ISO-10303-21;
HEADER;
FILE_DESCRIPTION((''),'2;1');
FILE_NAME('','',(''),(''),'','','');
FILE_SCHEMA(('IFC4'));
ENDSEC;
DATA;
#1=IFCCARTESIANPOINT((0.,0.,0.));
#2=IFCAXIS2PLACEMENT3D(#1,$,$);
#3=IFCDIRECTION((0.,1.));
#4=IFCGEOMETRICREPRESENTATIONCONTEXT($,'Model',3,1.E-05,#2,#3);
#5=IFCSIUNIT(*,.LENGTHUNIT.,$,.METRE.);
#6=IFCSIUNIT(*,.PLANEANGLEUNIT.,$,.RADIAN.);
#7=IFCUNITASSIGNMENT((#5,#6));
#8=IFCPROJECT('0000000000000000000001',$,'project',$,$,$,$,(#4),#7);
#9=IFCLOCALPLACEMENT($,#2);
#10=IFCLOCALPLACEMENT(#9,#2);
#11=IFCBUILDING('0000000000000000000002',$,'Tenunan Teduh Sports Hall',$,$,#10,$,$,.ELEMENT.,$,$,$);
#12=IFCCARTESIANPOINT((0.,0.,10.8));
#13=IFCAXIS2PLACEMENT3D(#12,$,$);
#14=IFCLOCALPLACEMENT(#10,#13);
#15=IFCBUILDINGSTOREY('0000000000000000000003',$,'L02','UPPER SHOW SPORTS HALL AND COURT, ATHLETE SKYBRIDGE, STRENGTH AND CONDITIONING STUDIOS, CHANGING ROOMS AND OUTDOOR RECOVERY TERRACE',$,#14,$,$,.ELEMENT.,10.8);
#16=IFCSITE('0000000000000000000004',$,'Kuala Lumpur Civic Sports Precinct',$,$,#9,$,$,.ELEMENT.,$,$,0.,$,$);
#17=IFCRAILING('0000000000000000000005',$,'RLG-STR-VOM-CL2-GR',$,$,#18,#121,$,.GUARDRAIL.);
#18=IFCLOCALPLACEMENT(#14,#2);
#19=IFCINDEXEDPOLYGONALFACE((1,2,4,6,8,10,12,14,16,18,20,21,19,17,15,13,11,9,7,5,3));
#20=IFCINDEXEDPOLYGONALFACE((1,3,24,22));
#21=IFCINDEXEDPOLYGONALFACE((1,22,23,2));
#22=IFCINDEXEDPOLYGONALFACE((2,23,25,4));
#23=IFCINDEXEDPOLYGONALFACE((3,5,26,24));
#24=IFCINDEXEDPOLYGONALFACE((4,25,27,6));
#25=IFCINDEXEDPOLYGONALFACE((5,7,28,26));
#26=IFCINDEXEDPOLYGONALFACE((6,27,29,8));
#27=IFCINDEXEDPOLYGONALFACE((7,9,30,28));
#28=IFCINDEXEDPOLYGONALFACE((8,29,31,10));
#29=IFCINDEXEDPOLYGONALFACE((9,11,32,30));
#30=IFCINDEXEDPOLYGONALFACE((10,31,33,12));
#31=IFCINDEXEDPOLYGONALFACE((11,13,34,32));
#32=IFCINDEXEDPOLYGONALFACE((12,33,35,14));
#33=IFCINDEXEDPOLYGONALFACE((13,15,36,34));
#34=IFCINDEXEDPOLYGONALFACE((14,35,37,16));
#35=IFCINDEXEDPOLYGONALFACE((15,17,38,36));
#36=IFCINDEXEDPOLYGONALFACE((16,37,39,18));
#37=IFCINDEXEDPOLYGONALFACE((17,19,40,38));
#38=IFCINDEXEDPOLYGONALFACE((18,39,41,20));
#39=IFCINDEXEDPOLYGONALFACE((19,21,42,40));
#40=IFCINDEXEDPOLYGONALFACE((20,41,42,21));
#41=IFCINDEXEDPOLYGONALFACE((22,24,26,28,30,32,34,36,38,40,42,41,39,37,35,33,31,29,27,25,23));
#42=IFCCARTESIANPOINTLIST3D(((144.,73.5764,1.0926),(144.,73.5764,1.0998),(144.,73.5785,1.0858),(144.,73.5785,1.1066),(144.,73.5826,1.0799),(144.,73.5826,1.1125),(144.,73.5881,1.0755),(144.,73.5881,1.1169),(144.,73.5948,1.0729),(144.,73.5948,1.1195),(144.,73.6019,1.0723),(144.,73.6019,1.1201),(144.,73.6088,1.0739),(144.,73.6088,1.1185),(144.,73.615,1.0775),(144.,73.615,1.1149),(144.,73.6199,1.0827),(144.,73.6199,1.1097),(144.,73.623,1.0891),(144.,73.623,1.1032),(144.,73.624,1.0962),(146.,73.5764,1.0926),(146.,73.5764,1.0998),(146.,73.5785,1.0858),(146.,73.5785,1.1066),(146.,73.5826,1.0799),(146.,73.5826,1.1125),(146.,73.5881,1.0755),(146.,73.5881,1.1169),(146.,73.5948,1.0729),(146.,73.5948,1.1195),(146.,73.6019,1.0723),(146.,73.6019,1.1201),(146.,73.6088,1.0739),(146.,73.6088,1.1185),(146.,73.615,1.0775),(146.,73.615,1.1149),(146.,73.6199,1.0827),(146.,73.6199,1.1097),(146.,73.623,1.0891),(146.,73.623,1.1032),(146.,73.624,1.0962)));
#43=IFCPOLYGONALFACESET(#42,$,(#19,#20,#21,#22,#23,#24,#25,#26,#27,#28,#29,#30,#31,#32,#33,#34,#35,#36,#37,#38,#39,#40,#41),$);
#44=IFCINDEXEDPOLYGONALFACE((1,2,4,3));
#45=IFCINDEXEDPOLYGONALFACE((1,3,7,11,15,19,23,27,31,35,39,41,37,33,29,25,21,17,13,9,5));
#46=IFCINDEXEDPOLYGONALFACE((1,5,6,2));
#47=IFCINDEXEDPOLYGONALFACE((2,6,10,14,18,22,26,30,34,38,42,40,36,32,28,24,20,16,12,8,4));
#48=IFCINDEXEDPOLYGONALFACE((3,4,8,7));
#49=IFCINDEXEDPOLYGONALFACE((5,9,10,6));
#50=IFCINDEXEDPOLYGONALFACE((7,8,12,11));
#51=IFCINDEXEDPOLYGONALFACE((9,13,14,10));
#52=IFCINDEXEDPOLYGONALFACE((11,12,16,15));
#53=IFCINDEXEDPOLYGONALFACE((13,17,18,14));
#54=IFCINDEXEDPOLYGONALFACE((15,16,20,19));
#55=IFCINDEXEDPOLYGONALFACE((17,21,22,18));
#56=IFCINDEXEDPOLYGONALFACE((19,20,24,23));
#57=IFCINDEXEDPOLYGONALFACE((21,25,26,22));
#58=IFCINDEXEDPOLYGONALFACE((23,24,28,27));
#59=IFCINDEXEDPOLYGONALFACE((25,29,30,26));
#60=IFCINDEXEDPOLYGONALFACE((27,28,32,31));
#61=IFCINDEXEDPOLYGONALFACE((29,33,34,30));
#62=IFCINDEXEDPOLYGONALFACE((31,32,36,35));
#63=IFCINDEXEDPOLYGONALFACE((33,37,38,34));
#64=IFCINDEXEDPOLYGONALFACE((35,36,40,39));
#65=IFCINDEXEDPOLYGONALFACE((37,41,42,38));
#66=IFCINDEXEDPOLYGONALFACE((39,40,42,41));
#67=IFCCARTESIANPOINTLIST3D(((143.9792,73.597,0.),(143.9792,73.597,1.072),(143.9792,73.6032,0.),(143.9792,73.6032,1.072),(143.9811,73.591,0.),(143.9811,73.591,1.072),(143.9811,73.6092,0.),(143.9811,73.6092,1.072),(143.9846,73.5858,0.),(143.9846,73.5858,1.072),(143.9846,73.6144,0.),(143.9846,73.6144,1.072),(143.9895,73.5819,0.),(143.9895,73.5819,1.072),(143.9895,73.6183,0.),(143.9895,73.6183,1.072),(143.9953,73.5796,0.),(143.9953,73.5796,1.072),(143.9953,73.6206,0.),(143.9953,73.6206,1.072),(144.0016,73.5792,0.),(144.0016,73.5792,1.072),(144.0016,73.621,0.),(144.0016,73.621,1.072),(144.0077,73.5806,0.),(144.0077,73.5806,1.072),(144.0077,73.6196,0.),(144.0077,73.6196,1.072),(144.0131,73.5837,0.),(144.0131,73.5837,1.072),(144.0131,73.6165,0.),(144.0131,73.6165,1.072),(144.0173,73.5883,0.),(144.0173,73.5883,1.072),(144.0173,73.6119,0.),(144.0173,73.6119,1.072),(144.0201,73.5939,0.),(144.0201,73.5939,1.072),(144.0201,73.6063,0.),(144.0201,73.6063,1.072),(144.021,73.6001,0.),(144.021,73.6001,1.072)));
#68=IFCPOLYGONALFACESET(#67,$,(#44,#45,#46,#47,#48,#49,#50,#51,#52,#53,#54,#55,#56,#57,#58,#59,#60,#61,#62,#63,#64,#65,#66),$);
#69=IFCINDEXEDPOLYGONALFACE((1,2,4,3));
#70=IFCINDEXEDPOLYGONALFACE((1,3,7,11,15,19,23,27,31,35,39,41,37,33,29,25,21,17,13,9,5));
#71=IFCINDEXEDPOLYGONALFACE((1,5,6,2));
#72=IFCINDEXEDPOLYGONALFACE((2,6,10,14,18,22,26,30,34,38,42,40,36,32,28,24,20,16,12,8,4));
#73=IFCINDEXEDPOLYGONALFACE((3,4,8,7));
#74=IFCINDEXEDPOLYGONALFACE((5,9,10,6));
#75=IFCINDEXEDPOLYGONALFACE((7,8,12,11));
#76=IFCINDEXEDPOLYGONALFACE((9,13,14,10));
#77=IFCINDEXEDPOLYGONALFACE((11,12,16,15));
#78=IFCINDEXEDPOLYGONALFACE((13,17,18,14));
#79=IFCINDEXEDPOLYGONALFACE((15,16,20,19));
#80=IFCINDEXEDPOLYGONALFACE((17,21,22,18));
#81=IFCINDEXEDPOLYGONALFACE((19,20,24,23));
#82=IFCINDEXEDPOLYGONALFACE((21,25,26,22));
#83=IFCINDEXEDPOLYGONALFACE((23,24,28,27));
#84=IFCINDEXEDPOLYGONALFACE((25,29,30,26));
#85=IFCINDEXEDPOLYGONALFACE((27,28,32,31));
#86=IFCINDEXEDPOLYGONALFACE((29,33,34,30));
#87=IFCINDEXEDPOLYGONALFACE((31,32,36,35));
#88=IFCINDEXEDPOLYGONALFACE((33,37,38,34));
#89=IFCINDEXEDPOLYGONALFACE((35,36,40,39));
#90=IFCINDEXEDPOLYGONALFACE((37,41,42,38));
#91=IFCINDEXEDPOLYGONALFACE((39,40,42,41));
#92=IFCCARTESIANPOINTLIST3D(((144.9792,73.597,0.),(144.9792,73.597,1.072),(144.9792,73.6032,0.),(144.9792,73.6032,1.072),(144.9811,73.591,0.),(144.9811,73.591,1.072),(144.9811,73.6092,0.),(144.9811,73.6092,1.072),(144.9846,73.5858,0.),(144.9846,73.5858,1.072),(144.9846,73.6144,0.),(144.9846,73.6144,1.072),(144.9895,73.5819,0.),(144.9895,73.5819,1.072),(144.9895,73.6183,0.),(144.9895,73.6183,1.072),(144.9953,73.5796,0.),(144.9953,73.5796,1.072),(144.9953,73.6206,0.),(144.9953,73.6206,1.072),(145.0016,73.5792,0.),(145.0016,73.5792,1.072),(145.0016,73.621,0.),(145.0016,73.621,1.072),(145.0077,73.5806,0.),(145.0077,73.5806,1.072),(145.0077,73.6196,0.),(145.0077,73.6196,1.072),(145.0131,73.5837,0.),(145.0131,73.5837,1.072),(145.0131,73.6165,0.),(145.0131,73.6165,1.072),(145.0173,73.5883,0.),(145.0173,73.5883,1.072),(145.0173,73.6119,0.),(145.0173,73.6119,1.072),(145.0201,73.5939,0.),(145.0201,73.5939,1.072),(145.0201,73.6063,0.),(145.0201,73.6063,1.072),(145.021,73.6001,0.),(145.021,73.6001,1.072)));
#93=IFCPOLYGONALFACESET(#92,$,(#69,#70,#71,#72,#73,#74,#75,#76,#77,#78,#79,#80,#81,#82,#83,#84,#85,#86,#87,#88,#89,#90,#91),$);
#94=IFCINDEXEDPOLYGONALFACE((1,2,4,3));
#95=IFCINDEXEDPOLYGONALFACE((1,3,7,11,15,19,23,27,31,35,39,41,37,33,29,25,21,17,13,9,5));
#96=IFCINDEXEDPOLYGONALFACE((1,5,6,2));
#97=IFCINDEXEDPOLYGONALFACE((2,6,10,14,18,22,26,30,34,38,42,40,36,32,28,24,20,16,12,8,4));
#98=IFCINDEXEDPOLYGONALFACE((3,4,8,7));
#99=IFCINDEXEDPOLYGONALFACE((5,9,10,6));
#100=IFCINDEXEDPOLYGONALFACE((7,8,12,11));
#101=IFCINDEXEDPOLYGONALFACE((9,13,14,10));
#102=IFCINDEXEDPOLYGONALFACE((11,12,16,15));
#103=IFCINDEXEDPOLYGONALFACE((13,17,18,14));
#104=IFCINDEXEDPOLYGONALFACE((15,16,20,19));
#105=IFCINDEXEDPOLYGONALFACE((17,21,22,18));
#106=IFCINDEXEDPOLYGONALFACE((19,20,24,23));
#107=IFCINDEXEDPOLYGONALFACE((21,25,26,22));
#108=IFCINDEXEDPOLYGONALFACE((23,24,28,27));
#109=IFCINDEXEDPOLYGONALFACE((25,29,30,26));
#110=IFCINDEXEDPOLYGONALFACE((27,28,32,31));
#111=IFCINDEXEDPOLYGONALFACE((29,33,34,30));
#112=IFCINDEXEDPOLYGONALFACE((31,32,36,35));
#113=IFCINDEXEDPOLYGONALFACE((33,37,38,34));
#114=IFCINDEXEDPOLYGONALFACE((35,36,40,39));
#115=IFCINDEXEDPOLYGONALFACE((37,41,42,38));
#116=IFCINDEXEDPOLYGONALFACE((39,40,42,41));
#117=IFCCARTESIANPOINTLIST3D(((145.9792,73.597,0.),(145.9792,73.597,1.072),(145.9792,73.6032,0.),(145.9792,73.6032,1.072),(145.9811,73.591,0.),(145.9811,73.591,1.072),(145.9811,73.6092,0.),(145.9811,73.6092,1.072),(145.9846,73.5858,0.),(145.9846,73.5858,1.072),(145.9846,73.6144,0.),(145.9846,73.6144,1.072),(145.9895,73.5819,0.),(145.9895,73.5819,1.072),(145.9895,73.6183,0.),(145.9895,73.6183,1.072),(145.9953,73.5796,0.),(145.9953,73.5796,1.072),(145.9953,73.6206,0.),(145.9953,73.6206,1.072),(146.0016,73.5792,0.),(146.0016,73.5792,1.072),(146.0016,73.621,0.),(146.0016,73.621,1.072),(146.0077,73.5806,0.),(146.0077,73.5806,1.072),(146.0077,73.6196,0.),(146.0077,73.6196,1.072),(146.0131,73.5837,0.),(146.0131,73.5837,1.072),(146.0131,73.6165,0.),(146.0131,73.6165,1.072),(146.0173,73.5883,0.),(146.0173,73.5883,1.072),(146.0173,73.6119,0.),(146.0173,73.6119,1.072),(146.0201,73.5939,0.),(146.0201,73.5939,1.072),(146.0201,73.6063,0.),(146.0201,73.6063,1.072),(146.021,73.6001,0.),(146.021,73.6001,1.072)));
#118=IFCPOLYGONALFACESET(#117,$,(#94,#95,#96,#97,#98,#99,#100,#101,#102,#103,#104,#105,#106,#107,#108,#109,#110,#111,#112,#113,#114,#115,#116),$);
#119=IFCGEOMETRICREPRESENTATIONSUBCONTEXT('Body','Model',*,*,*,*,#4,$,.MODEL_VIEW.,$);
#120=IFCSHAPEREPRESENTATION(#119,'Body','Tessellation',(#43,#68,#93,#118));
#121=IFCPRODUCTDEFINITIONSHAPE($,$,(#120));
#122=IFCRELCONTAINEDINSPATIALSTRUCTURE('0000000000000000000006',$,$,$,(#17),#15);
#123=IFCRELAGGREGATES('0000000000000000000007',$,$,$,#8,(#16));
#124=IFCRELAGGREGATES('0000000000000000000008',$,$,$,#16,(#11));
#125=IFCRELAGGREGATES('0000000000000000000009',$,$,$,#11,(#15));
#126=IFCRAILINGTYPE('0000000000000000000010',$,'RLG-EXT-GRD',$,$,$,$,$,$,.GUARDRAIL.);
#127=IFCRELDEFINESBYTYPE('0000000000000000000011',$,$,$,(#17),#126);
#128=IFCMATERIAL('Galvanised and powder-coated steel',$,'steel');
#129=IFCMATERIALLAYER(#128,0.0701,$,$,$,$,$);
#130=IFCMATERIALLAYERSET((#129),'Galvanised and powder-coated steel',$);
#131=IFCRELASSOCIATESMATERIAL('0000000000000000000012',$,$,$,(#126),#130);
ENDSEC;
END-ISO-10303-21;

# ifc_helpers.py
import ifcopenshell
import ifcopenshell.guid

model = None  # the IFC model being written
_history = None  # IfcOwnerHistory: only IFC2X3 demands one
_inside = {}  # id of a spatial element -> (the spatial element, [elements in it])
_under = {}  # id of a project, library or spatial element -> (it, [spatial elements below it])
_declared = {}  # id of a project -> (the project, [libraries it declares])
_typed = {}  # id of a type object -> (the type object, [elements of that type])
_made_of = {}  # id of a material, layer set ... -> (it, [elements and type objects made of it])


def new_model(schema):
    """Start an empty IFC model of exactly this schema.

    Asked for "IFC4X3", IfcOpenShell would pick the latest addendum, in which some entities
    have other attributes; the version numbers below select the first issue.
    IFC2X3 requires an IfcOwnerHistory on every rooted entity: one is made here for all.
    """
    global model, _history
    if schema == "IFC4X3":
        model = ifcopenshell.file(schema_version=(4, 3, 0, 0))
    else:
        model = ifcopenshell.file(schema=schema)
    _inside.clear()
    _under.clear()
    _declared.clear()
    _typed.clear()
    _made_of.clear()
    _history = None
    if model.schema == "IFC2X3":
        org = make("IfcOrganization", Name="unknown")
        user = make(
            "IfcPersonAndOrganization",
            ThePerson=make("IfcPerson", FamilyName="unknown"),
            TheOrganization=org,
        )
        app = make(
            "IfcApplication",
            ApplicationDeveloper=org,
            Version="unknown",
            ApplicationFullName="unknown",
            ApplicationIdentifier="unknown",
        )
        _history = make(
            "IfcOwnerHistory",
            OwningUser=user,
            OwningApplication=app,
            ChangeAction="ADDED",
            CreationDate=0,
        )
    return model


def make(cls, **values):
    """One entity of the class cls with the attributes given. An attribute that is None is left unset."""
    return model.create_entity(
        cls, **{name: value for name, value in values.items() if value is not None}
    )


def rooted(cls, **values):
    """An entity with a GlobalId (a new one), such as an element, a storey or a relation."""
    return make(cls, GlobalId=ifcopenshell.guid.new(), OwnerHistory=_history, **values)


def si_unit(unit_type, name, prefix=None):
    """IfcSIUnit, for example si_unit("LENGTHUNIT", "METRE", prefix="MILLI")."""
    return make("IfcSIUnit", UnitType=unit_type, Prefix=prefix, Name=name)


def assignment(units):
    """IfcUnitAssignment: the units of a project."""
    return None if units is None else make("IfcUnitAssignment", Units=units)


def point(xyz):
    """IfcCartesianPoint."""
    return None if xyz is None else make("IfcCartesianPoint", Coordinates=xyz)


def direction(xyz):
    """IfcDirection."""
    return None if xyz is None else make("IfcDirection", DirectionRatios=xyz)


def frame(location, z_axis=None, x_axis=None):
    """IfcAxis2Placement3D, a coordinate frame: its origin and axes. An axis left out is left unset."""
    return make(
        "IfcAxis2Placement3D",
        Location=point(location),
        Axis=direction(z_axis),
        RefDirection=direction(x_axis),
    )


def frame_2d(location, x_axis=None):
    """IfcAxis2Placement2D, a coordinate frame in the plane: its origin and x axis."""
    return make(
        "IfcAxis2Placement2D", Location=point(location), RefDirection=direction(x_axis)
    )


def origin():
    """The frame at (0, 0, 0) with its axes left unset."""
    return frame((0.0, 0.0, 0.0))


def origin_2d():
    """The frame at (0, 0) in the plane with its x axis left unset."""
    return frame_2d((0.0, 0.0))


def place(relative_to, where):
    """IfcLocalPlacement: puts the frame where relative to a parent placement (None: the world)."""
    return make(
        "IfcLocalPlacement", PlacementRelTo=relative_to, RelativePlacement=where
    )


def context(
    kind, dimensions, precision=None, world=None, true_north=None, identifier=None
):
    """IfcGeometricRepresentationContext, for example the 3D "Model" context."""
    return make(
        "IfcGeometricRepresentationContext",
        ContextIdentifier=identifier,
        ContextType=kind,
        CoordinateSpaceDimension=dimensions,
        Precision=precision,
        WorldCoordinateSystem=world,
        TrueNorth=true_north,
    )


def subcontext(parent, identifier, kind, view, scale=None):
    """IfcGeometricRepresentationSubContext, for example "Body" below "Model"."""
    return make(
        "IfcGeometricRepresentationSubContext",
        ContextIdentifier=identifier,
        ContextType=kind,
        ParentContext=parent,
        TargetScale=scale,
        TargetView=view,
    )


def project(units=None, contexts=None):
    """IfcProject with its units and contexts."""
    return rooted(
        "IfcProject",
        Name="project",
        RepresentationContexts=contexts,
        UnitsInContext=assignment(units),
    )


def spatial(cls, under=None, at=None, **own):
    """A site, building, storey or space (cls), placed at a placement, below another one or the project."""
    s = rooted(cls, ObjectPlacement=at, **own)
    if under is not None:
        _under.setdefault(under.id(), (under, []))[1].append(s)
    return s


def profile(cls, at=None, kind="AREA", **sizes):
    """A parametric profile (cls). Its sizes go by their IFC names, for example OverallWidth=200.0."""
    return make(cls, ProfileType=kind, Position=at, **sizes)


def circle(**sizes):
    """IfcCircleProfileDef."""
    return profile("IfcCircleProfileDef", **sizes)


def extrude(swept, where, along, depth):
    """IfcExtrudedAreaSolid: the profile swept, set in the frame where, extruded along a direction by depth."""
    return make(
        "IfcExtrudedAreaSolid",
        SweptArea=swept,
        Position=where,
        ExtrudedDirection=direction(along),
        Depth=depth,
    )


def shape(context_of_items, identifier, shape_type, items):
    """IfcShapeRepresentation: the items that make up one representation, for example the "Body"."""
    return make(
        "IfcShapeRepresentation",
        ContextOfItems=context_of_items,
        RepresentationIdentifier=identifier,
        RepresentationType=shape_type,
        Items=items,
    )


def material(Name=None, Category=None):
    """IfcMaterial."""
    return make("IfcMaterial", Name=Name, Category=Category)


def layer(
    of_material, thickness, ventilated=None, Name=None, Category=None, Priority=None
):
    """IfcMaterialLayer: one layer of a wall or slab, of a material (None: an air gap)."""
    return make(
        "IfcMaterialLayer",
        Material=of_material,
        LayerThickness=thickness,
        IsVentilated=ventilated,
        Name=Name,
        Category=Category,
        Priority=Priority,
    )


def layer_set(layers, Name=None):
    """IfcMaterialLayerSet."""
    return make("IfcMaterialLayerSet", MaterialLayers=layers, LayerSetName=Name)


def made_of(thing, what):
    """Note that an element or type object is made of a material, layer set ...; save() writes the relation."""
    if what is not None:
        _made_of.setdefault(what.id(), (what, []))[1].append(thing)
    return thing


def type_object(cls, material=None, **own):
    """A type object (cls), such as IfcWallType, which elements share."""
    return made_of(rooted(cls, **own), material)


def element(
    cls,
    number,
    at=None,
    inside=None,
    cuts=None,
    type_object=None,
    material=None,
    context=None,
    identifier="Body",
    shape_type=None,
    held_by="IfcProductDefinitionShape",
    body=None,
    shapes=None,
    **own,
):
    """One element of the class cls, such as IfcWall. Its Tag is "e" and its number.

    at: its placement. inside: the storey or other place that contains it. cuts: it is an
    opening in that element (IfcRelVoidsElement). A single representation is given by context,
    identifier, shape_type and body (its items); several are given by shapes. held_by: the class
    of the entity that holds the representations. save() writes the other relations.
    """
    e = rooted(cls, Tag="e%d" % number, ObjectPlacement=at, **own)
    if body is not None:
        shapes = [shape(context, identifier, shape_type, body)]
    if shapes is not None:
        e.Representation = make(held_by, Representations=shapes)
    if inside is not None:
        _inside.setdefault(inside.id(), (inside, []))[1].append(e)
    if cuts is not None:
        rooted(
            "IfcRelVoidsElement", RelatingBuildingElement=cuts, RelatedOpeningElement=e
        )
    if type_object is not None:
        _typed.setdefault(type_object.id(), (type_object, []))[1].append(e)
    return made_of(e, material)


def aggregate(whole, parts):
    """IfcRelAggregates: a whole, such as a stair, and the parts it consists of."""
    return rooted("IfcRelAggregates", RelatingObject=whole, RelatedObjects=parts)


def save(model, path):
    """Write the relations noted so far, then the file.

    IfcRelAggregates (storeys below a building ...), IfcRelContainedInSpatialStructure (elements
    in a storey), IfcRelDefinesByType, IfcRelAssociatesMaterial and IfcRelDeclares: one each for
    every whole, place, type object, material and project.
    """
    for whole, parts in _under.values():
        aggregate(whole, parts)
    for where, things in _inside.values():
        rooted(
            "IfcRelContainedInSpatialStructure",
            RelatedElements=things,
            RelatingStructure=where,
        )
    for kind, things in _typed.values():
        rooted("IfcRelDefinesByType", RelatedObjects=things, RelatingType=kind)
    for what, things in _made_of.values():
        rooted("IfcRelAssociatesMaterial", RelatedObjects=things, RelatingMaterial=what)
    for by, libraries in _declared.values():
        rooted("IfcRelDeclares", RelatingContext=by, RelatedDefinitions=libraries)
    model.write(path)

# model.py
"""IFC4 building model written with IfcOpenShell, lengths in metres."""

from ifc_helpers import new_model, si_unit, direction, frame, origin, origin_2d, place, context, subcontext, project, spatial, circle, extrude, material, layer, layer_set, type_object, element, save


model = new_model("IFC4")

# Units and contexts
model_context = context("Model", 3, precision=1e-05, world=origin(), true_north=direction((0.0, 1.0)))
body_context = subcontext(model_context, "Body", "Model", "MODEL_VIEW")
ifc_project = project(units=[si_unit("LENGTHUNIT", "METRE"), si_unit("PLANEANGLEUNIT", "RADIAN")], contexts=[model_context])

# Site, building, storey
site_placement = place(None, origin())
site = spatial("IfcSite", under=ifc_project, at=site_placement, Name="Kuala Lumpur Civic Sports Precinct", CompositionType="ELEMENT", RefElevation=0.0)
building_placement = place(site_placement, origin())
building = spatial("IfcBuilding", under=site, at=building_placement, Name="Tenunan Teduh Sports Hall", CompositionType="ELEMENT")
storey_placement = place(building_placement, frame((0.0, 0.0, 10.8)))
storey = spatial("IfcBuildingStorey", under=building, at=storey_placement, Name="L02", Description="UPPER SHOW SPORTS HALL AND COURT, ATHLETE SKYBRIDGE, STRENGTH AND CONDITIONING STUDIOS, CHANGING ROOMS AND OUTDOOR RECOVERY TERRACE", CompositionType="ELEMENT", Elevation=10.8)

# Railing
ifc_material_1 = material(Name="Galvanised and powder-coated steel", Category="steel")
ifc_layer_1 = layer(ifc_material_1, 0.0701)
ifc_layer_set_1 = layer_set([ifc_layer_1], Name="Galvanised and powder-coated steel")
railing_type = type_object("IfcRailingType", Name="RLG-EXT-GRD", PredefinedType="GUARDRAIL", material=ifc_layer_set_1)
railing_1_placement = place(storey_placement, frame((144.0, 73.6001, 0.0)))
element("IfcRailing", 1, at=railing_1_placement, inside=storey, type_object=railing_type, Name="RLG-STR-VOM-CL2-GR", PredefinedType="GUARDRAIL", context=body_context, shape_type="SweptSolid", body=[
    extrude(circle(Radius=0.0239, at=origin_2d()), frame((0.0, 0.0, 1.0962), z_axis=(1.0, 0.0, 0.0), x_axis=(0.0, 1.0, 0.0)), (0.0, 0.0, 1.0), 2.0),
    extrude(circle(Radius=0.021, at=origin_2d()), origin(), (0.0, 0.0, 1.0), 1.072),
    extrude(circle(Radius=0.021, at=origin_2d()), frame((1.0, 0.0, 0.0)), (0.0, 0.0, 1.0), 1.072),
    extrude(circle(Radius=0.021, at=origin_2d()), frame((2.0, 0.0, 0.0)), (0.0, 0.0, 1.0), 1.072),
])

save(model, "model.ifc")
